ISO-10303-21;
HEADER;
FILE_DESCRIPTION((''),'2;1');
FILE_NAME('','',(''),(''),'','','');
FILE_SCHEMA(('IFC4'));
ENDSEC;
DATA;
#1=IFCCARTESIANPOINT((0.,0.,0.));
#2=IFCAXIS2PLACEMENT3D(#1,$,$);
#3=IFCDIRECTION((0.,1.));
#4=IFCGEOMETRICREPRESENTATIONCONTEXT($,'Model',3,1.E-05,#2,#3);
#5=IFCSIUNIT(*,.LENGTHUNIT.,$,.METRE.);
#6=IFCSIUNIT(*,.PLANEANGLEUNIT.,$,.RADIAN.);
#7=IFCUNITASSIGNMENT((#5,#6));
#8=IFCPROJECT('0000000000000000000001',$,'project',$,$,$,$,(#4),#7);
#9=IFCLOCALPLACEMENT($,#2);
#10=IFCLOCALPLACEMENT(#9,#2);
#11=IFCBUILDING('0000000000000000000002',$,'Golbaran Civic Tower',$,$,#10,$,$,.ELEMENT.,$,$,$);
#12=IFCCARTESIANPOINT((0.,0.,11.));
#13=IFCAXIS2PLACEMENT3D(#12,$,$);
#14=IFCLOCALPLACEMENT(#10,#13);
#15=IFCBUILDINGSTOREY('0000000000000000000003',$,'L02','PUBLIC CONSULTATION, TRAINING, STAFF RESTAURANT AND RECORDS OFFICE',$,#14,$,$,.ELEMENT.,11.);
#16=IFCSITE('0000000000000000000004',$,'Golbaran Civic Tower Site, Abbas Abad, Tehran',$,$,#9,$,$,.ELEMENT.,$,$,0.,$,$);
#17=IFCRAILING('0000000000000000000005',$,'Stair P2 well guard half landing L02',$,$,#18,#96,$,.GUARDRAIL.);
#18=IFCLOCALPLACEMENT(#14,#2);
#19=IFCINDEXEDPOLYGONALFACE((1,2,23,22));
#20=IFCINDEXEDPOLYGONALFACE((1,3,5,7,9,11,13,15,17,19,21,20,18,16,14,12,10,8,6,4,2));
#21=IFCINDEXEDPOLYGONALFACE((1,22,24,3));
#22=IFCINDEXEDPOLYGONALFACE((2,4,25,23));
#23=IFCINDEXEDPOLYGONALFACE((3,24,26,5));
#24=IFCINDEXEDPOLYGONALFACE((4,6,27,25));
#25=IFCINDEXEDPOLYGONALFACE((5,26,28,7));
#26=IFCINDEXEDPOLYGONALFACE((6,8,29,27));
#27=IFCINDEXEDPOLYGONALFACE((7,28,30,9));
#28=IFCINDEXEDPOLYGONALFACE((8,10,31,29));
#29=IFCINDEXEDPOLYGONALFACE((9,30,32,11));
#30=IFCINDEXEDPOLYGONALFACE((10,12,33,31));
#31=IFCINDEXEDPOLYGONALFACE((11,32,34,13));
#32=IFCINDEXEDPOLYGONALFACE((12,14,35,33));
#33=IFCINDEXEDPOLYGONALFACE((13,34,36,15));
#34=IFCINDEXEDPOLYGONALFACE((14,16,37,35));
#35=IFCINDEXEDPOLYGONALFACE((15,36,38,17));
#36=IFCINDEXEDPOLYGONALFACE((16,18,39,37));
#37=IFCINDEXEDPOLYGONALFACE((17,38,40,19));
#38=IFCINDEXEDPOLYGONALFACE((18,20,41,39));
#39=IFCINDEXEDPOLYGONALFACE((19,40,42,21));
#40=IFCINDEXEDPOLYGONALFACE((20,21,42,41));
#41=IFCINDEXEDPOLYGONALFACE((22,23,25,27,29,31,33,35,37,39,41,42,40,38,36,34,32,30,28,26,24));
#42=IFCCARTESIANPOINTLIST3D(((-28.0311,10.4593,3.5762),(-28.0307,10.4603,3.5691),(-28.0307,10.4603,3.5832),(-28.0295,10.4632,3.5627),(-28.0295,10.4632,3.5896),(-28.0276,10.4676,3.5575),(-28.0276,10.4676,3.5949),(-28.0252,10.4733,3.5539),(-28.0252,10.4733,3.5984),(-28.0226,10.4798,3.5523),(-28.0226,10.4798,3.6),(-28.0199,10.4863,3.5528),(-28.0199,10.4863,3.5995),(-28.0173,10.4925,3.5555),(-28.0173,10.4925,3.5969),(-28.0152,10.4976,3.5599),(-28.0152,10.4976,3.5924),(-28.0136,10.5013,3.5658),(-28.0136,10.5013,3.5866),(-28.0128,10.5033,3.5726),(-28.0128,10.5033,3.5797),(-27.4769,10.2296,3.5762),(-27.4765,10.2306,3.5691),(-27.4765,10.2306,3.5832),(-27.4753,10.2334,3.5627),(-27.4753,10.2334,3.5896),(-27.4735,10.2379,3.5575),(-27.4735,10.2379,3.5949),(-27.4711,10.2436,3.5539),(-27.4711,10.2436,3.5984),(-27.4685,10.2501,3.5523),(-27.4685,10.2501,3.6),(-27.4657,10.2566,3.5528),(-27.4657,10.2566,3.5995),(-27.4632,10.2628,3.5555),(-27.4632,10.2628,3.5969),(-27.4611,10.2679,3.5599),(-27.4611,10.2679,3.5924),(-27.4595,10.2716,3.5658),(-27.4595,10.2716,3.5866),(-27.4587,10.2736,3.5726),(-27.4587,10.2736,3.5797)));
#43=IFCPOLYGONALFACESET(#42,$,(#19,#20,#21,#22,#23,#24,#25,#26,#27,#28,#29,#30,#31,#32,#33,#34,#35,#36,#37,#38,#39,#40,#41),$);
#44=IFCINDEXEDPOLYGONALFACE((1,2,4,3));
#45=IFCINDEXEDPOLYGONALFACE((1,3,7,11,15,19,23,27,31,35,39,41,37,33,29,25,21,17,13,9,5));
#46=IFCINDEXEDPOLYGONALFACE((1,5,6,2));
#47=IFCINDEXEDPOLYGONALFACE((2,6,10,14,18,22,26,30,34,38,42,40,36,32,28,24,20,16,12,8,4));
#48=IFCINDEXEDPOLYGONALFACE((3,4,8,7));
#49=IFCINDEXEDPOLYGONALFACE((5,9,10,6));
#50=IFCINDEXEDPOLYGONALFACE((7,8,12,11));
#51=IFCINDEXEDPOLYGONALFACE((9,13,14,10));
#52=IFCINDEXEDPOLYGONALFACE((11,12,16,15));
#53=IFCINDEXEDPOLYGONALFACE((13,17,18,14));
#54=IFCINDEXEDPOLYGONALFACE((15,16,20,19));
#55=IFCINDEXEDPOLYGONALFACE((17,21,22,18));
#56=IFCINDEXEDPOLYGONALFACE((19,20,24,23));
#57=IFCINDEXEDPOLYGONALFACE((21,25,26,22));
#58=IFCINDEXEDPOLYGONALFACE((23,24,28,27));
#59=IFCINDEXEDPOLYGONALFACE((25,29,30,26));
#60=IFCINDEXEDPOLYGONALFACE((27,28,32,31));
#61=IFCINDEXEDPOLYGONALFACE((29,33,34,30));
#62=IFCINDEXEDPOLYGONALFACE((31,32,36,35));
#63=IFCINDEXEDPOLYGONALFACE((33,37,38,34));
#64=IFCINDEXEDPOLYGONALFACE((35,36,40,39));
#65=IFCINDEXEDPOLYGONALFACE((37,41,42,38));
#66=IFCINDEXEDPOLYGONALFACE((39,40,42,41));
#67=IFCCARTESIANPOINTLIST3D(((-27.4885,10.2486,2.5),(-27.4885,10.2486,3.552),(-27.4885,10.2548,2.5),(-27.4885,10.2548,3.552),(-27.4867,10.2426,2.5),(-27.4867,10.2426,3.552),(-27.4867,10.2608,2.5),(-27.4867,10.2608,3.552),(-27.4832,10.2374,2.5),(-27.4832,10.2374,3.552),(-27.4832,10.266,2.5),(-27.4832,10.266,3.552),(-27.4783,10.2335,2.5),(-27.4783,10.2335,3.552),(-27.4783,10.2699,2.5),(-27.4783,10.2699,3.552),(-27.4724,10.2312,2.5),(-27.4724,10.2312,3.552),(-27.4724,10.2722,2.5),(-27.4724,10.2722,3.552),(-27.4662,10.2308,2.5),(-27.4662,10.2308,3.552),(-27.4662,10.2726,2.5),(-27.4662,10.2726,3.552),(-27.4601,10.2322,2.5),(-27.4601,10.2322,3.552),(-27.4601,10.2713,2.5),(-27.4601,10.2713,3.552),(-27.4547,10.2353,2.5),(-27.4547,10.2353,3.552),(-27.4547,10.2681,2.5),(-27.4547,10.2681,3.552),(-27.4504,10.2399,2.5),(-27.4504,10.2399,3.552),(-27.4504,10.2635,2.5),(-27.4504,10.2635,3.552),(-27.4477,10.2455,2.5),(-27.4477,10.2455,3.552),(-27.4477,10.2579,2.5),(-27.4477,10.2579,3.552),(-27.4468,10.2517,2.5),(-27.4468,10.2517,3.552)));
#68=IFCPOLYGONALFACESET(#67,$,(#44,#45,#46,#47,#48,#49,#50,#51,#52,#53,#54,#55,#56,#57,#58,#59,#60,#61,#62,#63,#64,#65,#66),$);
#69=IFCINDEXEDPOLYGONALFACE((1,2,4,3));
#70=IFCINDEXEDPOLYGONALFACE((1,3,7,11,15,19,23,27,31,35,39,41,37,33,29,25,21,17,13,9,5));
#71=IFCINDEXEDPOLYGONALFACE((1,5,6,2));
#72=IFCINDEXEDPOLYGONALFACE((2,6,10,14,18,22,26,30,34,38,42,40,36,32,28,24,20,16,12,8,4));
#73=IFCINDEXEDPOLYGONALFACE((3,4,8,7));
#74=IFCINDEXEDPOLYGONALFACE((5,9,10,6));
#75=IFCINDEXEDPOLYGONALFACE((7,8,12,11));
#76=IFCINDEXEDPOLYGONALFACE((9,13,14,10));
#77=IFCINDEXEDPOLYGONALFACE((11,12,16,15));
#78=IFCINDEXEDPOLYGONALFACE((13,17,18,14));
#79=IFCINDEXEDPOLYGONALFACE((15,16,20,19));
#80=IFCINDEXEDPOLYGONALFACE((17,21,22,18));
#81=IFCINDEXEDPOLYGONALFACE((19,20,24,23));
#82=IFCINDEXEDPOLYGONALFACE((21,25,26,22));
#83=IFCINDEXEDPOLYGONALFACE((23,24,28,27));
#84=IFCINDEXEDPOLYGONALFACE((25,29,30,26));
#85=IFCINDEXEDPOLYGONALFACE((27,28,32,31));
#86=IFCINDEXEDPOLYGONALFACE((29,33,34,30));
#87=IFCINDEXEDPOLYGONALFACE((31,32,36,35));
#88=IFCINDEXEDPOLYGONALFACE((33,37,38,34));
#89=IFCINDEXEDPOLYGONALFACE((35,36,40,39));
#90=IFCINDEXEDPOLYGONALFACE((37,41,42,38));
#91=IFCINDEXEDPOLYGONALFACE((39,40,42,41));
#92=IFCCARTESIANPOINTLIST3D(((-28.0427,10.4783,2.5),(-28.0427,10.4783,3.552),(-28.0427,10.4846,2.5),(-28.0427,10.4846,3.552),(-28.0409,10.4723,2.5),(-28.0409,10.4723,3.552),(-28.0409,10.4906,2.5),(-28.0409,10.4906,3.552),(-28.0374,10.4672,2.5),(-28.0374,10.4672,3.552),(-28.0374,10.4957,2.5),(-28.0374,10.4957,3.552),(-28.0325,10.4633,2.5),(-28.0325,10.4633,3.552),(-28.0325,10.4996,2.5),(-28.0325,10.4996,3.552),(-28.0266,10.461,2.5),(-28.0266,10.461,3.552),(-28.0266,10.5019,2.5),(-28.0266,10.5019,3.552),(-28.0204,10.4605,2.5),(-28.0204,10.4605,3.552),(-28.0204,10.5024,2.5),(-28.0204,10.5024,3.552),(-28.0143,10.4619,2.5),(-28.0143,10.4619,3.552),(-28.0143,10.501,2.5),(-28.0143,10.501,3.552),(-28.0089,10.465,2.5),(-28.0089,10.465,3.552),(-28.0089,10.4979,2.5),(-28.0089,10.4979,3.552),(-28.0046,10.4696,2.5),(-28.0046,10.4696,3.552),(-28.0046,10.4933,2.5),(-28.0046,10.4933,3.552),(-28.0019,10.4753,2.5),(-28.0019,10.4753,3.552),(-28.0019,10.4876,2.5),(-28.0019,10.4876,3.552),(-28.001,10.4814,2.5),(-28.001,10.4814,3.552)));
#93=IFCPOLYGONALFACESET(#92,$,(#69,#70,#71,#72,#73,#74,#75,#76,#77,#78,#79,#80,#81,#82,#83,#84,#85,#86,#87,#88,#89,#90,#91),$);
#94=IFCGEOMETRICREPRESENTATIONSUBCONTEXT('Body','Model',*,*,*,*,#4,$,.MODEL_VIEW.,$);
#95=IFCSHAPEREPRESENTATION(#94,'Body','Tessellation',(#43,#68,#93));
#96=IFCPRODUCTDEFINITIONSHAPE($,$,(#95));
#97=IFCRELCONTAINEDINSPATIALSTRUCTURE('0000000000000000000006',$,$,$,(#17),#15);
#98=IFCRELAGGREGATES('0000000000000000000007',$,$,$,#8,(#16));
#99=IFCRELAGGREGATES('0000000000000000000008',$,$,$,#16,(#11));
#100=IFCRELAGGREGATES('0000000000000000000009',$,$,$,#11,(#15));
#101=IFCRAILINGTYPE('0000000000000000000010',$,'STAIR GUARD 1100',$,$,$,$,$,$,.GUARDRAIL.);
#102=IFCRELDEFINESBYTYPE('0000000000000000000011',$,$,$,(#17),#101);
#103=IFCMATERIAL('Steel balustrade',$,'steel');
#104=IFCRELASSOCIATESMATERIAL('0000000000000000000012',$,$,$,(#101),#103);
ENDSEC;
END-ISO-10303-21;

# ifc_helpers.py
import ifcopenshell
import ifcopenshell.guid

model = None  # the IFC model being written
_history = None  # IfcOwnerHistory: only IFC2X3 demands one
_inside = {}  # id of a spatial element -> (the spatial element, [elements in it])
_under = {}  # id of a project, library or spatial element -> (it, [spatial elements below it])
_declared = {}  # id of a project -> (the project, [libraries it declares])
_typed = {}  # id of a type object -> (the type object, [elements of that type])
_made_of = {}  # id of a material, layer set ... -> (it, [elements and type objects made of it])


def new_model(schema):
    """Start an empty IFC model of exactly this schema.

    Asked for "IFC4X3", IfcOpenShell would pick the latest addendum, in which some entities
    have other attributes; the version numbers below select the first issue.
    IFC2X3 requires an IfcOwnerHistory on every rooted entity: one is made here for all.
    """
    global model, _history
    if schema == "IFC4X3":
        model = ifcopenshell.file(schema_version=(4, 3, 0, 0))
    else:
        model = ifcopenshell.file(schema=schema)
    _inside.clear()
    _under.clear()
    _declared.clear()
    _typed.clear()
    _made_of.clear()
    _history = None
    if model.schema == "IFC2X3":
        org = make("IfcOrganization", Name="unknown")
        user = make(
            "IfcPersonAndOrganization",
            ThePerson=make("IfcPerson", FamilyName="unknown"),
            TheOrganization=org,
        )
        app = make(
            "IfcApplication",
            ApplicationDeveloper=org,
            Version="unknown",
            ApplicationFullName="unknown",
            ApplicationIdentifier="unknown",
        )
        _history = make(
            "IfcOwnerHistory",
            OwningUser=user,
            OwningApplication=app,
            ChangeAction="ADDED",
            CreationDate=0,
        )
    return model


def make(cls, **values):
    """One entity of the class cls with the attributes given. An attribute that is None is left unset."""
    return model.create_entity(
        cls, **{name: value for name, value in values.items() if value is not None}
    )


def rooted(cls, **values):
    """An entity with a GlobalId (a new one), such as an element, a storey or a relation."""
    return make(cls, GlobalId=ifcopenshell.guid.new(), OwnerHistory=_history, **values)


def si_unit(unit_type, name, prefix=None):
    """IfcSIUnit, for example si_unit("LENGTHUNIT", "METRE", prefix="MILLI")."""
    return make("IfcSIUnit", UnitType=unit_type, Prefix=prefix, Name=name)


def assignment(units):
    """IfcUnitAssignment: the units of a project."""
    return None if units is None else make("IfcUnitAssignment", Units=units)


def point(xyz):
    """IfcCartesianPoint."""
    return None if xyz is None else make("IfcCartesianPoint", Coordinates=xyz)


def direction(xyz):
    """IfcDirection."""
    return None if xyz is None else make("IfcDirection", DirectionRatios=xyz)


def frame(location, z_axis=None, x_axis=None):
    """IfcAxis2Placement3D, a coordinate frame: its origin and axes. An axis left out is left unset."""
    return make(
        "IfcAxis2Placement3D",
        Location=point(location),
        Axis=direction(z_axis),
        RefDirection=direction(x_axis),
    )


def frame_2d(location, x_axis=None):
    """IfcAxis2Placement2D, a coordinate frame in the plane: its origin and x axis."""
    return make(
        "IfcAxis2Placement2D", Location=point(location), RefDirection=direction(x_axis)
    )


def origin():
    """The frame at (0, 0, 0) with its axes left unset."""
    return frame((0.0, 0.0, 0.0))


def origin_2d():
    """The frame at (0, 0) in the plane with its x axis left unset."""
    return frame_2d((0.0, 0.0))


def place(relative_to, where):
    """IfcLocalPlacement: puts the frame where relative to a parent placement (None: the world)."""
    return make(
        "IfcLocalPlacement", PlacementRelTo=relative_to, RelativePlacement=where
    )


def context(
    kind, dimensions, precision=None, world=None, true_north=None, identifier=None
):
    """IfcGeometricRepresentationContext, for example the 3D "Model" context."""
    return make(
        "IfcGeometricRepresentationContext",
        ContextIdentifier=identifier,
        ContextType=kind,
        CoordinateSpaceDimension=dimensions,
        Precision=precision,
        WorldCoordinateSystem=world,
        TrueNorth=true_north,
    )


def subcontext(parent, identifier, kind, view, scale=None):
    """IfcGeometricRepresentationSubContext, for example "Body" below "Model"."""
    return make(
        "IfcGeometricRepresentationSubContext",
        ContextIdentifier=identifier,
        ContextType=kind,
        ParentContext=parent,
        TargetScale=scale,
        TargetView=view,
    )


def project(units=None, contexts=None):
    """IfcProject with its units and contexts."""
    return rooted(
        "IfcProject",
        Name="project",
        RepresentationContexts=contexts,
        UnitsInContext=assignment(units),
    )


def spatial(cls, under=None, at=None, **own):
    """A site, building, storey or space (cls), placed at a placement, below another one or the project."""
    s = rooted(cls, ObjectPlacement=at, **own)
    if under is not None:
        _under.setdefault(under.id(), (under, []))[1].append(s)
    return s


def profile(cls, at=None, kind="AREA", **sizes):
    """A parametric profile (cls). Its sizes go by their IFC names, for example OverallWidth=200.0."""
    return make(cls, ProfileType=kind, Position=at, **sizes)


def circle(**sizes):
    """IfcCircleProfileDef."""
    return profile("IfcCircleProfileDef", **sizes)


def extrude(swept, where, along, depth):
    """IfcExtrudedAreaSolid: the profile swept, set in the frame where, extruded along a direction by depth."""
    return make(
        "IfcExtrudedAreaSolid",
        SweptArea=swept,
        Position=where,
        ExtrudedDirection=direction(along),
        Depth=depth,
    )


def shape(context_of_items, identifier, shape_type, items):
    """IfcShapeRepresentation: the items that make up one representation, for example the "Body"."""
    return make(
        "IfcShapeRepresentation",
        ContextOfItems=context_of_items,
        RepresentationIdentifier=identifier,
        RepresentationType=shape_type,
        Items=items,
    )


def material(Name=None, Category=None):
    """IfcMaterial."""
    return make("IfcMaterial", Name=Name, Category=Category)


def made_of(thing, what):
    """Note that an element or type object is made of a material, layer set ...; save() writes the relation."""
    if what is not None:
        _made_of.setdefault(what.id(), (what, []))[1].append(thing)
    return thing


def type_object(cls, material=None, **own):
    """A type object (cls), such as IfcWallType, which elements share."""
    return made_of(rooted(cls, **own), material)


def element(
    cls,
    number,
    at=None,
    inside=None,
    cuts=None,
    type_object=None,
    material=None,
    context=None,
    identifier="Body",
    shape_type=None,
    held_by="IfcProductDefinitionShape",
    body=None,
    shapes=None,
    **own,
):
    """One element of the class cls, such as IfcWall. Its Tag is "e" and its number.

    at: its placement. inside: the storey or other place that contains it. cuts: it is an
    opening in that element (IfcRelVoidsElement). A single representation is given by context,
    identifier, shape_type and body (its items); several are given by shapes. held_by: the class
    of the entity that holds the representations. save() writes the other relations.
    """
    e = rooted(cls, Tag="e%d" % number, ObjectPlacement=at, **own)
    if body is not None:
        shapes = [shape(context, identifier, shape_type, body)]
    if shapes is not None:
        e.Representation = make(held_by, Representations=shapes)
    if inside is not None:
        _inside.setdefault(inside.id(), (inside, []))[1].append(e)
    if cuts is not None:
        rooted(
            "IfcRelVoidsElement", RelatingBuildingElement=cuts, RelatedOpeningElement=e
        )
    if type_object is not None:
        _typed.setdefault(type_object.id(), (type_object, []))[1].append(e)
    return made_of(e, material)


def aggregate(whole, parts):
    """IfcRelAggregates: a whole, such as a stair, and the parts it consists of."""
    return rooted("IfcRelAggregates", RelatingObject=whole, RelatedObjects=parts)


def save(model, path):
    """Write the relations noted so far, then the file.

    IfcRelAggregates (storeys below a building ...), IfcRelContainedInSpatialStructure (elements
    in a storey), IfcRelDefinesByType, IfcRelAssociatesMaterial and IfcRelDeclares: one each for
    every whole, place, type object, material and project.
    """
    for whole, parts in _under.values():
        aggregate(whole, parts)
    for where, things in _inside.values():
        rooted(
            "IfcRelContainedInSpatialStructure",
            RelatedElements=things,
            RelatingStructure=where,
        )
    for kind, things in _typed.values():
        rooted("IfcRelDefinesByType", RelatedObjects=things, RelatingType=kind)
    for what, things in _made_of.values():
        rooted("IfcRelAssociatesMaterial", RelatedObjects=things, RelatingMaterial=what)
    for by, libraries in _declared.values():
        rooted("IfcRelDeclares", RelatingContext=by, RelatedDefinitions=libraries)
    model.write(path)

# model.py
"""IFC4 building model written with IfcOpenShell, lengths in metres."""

from ifc_helpers import new_model, si_unit, direction, frame, origin, origin_2d, place, context, subcontext, project, spatial, circle, extrude, material, type_object, element, save


model = new_model("IFC4")

# Units and contexts
model_context = context("Model", 3, precision=1e-05, world=origin(), true_north=direction((0.0, 1.0)))
body_context = subcontext(model_context, "Body", "Model", "MODEL_VIEW")
ifc_project = project(units=[si_unit("LENGTHUNIT", "METRE"), si_unit("PLANEANGLEUNIT", "RADIAN")], contexts=[model_context])

# Site, building, storey
site_placement = place(None, origin())
site = spatial("IfcSite", under=ifc_project, at=site_placement, Name="Golbaran Civic Tower Site, Abbas Abad, Tehran", CompositionType="ELEMENT", RefElevation=0.0)
building_placement = place(site_placement, origin())
building = spatial("IfcBuilding", under=site, at=building_placement, Name="Golbaran Civic Tower", CompositionType="ELEMENT")
storey_placement = place(building_placement, frame((0.0, 0.0, 11.0)))
storey = spatial("IfcBuildingStorey", under=building, at=storey_placement, Name="L02", Description="PUBLIC CONSULTATION, TRAINING, STAFF RESTAURANT AND RECORDS OFFICE", CompositionType="ELEMENT", Elevation=11.0)

# Railing
ifc_material_1 = material(Name="Steel balustrade", Category="steel")
railing_type_1 = type_object("IfcRailingType", Name="STAIR GUARD 1100", PredefinedType="GUARDRAIL", material=ifc_material_1)
railing_1_placement = place(storey_placement, frame((-27.4678, 10.2517, 2.5)))
element("IfcRailing", 1, at=railing_1_placement, inside=storey, type_object=railing_type_1, Name="Stair P2 well guard half landing L02", PredefinedType="GUARDRAIL", context=body_context, shape_type="SweptSolid", body=[
    extrude(circle(Radius=0.0239, at=origin_2d()), frame((0.0, 0.0, 1.0762), z_axis=(-0.923774, 0.382939, 0.0), x_axis=(-0.382939, -0.923774, 0.0)), (0.0, 0.0, 1.0), 0.5999),
    extrude(circle(Radius=0.021, at=origin_2d()), origin(), (0.0, 0.0, 1.0), 1.052),
    extrude(circle(Radius=0.021, at=origin_2d()), frame((-0.5542, 0.2297, 0.0)), (0.0, 0.0, 1.0), 1.052),
])

save(model, "model.ifc")
